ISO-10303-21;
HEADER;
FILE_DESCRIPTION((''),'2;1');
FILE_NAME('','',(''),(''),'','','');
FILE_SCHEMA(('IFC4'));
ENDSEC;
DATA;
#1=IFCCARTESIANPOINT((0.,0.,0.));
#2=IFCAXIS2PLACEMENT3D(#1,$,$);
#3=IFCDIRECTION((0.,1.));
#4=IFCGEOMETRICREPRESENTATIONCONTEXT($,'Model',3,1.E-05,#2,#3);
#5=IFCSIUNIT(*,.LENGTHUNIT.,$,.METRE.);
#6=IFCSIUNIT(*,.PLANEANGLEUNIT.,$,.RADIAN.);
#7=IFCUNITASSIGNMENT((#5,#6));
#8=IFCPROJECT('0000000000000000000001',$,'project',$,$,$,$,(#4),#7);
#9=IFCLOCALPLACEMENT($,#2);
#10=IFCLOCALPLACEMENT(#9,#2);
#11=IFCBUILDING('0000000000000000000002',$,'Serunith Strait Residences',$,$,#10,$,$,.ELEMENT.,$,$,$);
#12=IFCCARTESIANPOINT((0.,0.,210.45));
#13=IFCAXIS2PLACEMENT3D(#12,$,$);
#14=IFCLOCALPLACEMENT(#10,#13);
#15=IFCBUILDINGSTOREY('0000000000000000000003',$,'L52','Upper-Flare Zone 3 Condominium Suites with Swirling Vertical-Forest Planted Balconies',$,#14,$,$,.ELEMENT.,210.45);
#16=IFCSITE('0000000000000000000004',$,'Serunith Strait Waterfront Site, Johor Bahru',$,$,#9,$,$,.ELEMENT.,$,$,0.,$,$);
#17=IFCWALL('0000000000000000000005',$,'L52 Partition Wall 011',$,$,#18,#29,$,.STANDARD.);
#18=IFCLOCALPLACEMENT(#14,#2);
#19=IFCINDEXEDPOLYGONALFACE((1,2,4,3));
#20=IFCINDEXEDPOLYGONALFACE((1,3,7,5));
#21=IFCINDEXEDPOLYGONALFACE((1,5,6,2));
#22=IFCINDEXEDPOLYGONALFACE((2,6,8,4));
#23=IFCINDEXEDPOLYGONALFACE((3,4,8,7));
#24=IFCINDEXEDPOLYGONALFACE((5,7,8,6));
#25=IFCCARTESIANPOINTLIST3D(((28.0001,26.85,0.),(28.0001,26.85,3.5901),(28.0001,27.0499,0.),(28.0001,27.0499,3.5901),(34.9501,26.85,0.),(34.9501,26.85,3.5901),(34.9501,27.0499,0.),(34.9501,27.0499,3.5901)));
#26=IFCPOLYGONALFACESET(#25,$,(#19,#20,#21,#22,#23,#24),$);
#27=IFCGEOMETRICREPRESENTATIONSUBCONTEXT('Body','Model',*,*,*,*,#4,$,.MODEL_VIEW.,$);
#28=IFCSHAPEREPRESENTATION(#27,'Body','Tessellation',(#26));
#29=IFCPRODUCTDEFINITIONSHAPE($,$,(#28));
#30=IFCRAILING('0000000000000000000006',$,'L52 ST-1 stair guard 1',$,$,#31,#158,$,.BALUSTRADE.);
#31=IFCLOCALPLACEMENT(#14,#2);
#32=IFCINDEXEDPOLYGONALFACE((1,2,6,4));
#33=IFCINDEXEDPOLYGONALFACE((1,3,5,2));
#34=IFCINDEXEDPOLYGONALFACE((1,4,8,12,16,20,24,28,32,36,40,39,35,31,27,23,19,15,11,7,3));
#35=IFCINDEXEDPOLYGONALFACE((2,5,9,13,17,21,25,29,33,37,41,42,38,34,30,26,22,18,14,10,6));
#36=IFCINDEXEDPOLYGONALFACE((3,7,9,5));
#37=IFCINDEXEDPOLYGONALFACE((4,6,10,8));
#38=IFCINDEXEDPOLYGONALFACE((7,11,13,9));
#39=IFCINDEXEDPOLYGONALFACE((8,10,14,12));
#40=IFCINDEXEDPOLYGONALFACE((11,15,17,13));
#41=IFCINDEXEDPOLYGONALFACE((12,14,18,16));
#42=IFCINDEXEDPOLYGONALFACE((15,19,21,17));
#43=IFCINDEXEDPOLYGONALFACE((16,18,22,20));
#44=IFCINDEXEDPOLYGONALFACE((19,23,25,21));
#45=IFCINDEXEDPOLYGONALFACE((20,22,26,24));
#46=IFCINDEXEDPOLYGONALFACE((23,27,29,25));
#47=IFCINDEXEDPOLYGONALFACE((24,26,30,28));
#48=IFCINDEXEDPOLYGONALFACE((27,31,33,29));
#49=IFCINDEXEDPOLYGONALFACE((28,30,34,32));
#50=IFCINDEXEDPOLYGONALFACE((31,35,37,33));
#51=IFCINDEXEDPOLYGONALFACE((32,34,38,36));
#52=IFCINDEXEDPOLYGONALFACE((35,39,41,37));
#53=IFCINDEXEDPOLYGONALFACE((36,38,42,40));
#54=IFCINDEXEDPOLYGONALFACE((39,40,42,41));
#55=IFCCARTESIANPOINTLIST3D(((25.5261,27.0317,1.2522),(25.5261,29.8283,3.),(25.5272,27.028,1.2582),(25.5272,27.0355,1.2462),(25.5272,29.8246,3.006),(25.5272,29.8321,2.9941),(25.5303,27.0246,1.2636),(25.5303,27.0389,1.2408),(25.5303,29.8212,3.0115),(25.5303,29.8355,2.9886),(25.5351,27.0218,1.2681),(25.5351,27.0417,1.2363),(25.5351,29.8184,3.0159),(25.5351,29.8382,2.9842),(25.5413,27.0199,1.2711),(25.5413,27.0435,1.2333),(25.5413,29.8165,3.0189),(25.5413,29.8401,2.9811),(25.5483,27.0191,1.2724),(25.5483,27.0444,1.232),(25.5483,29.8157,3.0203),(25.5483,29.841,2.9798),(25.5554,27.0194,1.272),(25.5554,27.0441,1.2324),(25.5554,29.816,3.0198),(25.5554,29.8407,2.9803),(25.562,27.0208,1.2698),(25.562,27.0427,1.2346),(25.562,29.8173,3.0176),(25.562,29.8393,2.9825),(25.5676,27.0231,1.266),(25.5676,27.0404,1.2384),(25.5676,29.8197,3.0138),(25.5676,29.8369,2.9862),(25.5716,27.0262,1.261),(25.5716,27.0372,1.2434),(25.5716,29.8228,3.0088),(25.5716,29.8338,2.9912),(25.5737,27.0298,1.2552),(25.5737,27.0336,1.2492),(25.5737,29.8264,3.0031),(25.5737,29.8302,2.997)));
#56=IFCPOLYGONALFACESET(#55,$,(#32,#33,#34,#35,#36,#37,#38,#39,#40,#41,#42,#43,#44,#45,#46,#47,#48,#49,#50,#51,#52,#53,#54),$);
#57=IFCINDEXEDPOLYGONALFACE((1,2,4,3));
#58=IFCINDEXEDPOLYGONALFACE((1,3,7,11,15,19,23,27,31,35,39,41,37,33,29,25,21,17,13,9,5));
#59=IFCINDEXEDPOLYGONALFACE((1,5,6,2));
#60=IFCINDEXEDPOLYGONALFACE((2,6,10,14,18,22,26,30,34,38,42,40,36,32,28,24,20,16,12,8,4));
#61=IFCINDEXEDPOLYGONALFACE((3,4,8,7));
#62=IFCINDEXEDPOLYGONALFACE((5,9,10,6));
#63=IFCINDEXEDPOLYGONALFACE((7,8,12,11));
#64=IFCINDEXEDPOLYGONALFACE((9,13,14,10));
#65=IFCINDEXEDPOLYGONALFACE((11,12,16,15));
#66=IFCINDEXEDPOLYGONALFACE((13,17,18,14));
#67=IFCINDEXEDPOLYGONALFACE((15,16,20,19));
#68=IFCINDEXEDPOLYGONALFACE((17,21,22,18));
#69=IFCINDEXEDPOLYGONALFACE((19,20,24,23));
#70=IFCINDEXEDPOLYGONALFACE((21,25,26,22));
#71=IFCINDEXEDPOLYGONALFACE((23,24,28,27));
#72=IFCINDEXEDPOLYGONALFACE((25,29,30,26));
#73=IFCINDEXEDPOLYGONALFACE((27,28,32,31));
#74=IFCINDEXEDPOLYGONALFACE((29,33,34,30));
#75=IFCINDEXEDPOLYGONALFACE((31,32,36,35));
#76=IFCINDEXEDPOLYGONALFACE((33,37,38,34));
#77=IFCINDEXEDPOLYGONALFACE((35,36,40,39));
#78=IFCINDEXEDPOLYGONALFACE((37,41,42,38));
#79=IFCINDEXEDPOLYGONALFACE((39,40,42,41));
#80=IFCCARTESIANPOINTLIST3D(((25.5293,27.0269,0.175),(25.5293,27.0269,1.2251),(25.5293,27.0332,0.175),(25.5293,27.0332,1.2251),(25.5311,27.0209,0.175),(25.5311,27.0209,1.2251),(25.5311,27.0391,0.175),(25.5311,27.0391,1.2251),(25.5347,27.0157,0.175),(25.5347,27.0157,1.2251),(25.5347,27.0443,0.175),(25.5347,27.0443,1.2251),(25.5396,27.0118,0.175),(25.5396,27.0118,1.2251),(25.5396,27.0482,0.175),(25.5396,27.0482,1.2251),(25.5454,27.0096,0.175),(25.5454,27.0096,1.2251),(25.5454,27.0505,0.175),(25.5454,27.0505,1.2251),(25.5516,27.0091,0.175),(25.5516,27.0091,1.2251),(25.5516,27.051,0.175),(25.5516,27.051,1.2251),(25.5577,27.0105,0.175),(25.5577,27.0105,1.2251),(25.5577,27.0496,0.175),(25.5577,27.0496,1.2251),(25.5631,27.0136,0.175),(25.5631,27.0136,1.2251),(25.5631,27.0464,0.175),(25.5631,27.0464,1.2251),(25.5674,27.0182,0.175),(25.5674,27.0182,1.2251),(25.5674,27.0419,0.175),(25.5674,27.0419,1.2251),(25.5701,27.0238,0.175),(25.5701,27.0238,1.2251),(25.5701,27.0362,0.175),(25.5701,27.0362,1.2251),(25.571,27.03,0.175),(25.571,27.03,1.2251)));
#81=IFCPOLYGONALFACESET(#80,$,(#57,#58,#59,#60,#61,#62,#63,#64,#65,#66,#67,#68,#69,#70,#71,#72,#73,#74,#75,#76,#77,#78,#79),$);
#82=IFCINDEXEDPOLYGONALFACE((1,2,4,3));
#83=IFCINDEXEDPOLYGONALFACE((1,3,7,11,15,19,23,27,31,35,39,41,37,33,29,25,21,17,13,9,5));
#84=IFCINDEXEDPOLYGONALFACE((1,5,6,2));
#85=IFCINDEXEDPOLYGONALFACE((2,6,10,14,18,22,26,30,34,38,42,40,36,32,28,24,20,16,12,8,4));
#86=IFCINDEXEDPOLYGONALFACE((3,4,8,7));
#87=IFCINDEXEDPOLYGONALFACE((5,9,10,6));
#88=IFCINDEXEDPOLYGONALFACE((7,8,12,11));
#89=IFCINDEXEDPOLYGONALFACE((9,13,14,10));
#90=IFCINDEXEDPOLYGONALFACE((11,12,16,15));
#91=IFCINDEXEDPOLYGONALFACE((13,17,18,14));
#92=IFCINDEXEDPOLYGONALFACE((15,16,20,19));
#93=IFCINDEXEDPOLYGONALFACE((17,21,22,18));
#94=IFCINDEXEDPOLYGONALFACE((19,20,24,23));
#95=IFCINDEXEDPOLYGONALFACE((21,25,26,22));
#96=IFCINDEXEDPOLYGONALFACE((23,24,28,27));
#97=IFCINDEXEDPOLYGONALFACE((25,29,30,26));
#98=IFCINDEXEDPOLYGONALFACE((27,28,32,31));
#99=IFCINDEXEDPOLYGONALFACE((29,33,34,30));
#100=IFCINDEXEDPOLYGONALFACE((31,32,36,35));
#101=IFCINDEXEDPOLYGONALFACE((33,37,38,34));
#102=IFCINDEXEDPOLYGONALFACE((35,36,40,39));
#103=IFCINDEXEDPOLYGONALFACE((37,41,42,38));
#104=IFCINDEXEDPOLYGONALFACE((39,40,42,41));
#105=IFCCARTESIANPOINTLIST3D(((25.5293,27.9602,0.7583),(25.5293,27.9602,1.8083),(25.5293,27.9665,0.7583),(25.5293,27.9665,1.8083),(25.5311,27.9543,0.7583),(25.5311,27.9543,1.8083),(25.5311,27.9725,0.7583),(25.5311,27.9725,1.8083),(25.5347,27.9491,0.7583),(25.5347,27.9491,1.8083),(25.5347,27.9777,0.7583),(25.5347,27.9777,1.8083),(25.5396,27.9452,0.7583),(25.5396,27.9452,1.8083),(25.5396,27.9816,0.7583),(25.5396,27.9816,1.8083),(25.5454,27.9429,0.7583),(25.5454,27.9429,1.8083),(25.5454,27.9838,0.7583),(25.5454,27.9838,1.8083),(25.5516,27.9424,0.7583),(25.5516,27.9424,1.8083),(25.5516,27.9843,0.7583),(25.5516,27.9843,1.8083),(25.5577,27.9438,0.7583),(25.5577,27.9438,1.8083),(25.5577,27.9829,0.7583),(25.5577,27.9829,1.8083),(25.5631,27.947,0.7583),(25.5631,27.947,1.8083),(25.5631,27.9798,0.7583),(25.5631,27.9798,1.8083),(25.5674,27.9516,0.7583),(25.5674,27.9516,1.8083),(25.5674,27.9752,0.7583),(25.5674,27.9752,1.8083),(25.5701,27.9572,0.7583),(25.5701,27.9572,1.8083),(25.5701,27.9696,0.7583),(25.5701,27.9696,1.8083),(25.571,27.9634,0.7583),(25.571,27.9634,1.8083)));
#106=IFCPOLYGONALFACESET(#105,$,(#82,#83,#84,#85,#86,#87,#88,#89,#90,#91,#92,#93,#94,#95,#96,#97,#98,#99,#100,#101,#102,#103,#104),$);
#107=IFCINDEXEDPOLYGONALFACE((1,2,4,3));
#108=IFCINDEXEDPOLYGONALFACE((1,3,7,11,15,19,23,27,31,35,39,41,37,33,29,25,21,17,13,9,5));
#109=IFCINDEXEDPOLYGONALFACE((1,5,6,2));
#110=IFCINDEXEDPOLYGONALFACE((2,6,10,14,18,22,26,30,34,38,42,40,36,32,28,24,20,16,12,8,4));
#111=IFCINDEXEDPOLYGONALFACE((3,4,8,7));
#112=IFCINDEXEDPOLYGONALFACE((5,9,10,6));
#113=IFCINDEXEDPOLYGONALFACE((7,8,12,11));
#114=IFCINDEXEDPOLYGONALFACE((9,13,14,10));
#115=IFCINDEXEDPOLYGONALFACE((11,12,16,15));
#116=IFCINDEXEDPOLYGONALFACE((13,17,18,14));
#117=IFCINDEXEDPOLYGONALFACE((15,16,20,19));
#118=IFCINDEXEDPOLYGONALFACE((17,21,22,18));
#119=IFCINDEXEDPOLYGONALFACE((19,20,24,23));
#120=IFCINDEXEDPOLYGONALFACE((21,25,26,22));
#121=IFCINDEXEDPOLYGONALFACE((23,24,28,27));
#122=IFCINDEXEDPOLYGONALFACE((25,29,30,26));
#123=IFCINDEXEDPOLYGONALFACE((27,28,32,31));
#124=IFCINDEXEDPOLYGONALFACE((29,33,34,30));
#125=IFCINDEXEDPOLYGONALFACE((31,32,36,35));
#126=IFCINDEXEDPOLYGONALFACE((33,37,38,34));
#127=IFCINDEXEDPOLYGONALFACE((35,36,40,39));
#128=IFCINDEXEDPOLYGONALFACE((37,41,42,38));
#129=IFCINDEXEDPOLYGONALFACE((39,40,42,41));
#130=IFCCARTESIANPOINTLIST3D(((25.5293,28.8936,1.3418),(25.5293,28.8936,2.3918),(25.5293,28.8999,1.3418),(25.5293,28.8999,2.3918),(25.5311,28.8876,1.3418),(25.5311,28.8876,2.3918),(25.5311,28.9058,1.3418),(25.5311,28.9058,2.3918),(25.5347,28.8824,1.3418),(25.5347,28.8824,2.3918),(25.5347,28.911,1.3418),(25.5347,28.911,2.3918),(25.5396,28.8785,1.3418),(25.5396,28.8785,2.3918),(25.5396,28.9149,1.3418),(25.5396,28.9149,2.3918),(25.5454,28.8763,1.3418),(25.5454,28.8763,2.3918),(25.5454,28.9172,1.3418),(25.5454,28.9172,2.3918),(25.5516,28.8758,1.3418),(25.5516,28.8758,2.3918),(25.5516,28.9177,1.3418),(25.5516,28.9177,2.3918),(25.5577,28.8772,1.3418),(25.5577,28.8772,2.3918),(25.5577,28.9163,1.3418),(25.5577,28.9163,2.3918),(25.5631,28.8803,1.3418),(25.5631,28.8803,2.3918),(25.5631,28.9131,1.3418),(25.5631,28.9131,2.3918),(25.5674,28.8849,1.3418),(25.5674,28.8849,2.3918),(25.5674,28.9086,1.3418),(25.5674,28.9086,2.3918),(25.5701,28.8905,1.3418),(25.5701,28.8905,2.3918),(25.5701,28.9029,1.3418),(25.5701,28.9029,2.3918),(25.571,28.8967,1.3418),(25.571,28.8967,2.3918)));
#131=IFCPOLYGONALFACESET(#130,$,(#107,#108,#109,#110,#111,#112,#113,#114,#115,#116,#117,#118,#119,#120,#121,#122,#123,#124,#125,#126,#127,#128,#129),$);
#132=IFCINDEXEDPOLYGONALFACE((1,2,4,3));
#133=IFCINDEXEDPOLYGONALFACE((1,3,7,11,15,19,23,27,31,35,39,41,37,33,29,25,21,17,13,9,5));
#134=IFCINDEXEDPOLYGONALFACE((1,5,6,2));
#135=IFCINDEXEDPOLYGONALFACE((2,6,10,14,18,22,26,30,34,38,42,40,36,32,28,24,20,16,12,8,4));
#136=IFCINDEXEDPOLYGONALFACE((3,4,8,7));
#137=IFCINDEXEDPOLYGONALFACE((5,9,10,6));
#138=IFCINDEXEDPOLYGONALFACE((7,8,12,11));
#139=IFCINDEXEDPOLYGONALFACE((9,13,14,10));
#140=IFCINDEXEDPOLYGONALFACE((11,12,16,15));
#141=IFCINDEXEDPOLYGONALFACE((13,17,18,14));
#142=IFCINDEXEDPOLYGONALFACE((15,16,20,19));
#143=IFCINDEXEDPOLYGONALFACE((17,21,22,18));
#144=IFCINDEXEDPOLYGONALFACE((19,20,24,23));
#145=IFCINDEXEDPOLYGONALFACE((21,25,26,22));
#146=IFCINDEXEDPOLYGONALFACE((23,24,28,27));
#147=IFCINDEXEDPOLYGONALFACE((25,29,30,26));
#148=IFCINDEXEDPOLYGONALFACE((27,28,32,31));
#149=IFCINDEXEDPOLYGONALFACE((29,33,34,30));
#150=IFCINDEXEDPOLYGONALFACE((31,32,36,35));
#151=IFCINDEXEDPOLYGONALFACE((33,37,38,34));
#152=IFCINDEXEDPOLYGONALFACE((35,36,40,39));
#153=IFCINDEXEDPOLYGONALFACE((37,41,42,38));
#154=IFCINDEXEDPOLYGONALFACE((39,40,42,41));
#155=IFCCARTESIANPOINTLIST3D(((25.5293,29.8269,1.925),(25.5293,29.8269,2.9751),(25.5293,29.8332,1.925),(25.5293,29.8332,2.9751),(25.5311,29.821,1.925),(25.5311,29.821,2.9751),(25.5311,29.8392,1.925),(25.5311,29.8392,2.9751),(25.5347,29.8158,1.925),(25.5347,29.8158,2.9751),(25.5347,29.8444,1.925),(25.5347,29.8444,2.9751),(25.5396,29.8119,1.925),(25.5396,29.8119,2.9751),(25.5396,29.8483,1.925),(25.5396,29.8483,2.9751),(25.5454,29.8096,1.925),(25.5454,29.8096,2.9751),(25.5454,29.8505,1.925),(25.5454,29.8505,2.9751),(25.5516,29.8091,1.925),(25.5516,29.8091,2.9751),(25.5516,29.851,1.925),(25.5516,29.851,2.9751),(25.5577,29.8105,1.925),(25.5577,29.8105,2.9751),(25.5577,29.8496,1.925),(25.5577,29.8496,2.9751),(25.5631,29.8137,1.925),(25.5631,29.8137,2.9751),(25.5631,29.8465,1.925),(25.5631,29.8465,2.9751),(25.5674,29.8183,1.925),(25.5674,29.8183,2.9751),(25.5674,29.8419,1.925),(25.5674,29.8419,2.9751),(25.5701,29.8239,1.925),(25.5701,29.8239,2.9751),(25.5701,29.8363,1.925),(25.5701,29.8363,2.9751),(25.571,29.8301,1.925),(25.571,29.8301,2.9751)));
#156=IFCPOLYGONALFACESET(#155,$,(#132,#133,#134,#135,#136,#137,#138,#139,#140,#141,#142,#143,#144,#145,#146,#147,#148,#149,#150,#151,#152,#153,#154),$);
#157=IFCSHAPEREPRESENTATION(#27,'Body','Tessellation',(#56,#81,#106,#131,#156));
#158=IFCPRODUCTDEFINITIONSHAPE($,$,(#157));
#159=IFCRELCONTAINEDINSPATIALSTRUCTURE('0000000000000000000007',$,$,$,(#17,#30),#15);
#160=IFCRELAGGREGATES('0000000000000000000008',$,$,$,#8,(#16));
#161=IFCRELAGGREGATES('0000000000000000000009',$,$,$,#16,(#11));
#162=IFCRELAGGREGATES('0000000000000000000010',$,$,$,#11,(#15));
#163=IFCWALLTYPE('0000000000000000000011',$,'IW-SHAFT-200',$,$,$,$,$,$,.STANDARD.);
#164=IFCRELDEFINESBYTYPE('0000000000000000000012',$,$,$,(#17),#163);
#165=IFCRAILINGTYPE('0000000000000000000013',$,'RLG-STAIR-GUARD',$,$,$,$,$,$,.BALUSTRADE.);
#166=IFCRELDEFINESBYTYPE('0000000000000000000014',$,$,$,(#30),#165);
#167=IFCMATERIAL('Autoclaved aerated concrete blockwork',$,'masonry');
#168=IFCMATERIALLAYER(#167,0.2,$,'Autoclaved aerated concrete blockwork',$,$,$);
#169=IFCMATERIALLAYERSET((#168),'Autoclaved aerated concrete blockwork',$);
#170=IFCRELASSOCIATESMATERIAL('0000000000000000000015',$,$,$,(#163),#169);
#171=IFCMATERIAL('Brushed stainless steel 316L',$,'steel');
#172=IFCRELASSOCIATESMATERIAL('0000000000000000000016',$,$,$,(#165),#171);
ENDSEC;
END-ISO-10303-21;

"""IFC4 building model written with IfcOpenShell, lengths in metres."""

from ifc_helpers import new_model, si_unit, direction, frame, frame_2d, origin, origin_2d, place, context, subcontext, project, spatial, rectangle, circle, extrude, material, layer, layer_set, type_object, element, save


model = new_model("IFC4")

# Units and contexts
model_context = context("Model", 3, precision=1e-05, world=origin(), true_north=direction((0.0, 1.0)))
body_context = subcontext(model_context, "Body", "Model", "MODEL_VIEW")
ifc_project = project(units=[si_unit("LENGTHUNIT", "METRE"), si_unit("PLANEANGLEUNIT", "RADIAN")], contexts=[model_context])

# Site, building, storey
site_placement = place(None, origin())
site = spatial("IfcSite", under=ifc_project, at=site_placement, Name="Serunith Strait Waterfront Site, Johor Bahru", CompositionType="ELEMENT", RefElevation=0.0)
building_placement = place(site_placement, origin())
building = spatial("IfcBuilding", under=site, at=building_placement, Name="Serunith Strait Residences", CompositionType="ELEMENT")
storey_placement = place(building_placement, frame((0.0, 0.0, 210.45)))
storey = spatial("IfcBuildingStorey", under=building, at=storey_placement, Name="L52", Description="Upper-Flare Zone 3 Condominium Suites with Swirling Vertical-Forest Planted Balconies", CompositionType="ELEMENT", Elevation=210.45)

# Shared definitions
ifc_material_1 = material(Name="Autoclaved aerated concrete blockwork", Category="masonry")
ifc_layer_1 = layer(ifc_material_1, 0.2, Name="Autoclaved aerated concrete blockwork")
ifc_layer_set_1 = layer_set([ifc_layer_1], Name="Autoclaved aerated concrete blockwork")
wall_type_1 = type_object("IfcWallType", Name="IW-SHAFT-200", PredefinedType="STANDARD", material=ifc_layer_set_1)

# Wall
wall_1_placement = place(storey_placement, frame((28.0, 26.95, 0.0), z_axis=(0.0, 0.0, 1.0), x_axis=(1.0, 0.0, 0.0)))
element("IfcWall", 1, at=wall_1_placement, inside=storey, type_object=wall_type_1, Name="L52 Partition Wall 011", PredefinedType="STANDARD", context=body_context, shape_type="SweptSolid", body=[
    extrude(rectangle(XDim=6.95, YDim=0.2, at=frame_2d((3.4751, 0.0))), origin(), (0.0, 0.0, 1.0), 3.5901),
])

# Railing
ifc_material_2 = material(Name="Brushed stainless steel 316L", Category="steel")
railing_type_1 = type_object("IfcRailingType", Name="RLG-STAIR-GUARD", PredefinedType="BALUSTRADE", material=ifc_material_2)
railing_1_placement = place(storey_placement, frame((25.55, 27.03, 0.175)))
element("IfcRailing", 2, at=railing_1_placement, inside=storey, type_object=railing_type_1, Name="L52 ST-1 stair guard 1", PredefinedType="BALUSTRADE", context=body_context, shape_type="SweptSolid", body=[
    extrude(circle(Radius=0.0239, at=origin_2d()), frame((0.0, 0.0017, 1.0771), z_axis=(0.0, 0.848002, 0.529992), x_axis=(-1.0, 0.0, 0.0)), (0.0, 0.0, 1.0), 3.2979),
    extrude(circle(Radius=0.021, at=origin_2d()), origin(), (0.0, 0.0, 1.0), 1.05),
    extrude(circle(Radius=0.021, at=origin_2d()), frame((0.0, 0.9333, 0.5833)), (0.0, 0.0, 1.0), 1.05),
    extrude(circle(Radius=0.021, at=origin_2d()), frame((0.0, 1.8667, 1.1667)), (0.0, 0.0, 1.0), 1.05),
    extrude(circle(Radius=0.021, at=origin_2d()), frame((0.0, 2.8, 1.75)), (0.0, 0.0, 1.0), 1.05),
])

save(model, "model.ifc")
